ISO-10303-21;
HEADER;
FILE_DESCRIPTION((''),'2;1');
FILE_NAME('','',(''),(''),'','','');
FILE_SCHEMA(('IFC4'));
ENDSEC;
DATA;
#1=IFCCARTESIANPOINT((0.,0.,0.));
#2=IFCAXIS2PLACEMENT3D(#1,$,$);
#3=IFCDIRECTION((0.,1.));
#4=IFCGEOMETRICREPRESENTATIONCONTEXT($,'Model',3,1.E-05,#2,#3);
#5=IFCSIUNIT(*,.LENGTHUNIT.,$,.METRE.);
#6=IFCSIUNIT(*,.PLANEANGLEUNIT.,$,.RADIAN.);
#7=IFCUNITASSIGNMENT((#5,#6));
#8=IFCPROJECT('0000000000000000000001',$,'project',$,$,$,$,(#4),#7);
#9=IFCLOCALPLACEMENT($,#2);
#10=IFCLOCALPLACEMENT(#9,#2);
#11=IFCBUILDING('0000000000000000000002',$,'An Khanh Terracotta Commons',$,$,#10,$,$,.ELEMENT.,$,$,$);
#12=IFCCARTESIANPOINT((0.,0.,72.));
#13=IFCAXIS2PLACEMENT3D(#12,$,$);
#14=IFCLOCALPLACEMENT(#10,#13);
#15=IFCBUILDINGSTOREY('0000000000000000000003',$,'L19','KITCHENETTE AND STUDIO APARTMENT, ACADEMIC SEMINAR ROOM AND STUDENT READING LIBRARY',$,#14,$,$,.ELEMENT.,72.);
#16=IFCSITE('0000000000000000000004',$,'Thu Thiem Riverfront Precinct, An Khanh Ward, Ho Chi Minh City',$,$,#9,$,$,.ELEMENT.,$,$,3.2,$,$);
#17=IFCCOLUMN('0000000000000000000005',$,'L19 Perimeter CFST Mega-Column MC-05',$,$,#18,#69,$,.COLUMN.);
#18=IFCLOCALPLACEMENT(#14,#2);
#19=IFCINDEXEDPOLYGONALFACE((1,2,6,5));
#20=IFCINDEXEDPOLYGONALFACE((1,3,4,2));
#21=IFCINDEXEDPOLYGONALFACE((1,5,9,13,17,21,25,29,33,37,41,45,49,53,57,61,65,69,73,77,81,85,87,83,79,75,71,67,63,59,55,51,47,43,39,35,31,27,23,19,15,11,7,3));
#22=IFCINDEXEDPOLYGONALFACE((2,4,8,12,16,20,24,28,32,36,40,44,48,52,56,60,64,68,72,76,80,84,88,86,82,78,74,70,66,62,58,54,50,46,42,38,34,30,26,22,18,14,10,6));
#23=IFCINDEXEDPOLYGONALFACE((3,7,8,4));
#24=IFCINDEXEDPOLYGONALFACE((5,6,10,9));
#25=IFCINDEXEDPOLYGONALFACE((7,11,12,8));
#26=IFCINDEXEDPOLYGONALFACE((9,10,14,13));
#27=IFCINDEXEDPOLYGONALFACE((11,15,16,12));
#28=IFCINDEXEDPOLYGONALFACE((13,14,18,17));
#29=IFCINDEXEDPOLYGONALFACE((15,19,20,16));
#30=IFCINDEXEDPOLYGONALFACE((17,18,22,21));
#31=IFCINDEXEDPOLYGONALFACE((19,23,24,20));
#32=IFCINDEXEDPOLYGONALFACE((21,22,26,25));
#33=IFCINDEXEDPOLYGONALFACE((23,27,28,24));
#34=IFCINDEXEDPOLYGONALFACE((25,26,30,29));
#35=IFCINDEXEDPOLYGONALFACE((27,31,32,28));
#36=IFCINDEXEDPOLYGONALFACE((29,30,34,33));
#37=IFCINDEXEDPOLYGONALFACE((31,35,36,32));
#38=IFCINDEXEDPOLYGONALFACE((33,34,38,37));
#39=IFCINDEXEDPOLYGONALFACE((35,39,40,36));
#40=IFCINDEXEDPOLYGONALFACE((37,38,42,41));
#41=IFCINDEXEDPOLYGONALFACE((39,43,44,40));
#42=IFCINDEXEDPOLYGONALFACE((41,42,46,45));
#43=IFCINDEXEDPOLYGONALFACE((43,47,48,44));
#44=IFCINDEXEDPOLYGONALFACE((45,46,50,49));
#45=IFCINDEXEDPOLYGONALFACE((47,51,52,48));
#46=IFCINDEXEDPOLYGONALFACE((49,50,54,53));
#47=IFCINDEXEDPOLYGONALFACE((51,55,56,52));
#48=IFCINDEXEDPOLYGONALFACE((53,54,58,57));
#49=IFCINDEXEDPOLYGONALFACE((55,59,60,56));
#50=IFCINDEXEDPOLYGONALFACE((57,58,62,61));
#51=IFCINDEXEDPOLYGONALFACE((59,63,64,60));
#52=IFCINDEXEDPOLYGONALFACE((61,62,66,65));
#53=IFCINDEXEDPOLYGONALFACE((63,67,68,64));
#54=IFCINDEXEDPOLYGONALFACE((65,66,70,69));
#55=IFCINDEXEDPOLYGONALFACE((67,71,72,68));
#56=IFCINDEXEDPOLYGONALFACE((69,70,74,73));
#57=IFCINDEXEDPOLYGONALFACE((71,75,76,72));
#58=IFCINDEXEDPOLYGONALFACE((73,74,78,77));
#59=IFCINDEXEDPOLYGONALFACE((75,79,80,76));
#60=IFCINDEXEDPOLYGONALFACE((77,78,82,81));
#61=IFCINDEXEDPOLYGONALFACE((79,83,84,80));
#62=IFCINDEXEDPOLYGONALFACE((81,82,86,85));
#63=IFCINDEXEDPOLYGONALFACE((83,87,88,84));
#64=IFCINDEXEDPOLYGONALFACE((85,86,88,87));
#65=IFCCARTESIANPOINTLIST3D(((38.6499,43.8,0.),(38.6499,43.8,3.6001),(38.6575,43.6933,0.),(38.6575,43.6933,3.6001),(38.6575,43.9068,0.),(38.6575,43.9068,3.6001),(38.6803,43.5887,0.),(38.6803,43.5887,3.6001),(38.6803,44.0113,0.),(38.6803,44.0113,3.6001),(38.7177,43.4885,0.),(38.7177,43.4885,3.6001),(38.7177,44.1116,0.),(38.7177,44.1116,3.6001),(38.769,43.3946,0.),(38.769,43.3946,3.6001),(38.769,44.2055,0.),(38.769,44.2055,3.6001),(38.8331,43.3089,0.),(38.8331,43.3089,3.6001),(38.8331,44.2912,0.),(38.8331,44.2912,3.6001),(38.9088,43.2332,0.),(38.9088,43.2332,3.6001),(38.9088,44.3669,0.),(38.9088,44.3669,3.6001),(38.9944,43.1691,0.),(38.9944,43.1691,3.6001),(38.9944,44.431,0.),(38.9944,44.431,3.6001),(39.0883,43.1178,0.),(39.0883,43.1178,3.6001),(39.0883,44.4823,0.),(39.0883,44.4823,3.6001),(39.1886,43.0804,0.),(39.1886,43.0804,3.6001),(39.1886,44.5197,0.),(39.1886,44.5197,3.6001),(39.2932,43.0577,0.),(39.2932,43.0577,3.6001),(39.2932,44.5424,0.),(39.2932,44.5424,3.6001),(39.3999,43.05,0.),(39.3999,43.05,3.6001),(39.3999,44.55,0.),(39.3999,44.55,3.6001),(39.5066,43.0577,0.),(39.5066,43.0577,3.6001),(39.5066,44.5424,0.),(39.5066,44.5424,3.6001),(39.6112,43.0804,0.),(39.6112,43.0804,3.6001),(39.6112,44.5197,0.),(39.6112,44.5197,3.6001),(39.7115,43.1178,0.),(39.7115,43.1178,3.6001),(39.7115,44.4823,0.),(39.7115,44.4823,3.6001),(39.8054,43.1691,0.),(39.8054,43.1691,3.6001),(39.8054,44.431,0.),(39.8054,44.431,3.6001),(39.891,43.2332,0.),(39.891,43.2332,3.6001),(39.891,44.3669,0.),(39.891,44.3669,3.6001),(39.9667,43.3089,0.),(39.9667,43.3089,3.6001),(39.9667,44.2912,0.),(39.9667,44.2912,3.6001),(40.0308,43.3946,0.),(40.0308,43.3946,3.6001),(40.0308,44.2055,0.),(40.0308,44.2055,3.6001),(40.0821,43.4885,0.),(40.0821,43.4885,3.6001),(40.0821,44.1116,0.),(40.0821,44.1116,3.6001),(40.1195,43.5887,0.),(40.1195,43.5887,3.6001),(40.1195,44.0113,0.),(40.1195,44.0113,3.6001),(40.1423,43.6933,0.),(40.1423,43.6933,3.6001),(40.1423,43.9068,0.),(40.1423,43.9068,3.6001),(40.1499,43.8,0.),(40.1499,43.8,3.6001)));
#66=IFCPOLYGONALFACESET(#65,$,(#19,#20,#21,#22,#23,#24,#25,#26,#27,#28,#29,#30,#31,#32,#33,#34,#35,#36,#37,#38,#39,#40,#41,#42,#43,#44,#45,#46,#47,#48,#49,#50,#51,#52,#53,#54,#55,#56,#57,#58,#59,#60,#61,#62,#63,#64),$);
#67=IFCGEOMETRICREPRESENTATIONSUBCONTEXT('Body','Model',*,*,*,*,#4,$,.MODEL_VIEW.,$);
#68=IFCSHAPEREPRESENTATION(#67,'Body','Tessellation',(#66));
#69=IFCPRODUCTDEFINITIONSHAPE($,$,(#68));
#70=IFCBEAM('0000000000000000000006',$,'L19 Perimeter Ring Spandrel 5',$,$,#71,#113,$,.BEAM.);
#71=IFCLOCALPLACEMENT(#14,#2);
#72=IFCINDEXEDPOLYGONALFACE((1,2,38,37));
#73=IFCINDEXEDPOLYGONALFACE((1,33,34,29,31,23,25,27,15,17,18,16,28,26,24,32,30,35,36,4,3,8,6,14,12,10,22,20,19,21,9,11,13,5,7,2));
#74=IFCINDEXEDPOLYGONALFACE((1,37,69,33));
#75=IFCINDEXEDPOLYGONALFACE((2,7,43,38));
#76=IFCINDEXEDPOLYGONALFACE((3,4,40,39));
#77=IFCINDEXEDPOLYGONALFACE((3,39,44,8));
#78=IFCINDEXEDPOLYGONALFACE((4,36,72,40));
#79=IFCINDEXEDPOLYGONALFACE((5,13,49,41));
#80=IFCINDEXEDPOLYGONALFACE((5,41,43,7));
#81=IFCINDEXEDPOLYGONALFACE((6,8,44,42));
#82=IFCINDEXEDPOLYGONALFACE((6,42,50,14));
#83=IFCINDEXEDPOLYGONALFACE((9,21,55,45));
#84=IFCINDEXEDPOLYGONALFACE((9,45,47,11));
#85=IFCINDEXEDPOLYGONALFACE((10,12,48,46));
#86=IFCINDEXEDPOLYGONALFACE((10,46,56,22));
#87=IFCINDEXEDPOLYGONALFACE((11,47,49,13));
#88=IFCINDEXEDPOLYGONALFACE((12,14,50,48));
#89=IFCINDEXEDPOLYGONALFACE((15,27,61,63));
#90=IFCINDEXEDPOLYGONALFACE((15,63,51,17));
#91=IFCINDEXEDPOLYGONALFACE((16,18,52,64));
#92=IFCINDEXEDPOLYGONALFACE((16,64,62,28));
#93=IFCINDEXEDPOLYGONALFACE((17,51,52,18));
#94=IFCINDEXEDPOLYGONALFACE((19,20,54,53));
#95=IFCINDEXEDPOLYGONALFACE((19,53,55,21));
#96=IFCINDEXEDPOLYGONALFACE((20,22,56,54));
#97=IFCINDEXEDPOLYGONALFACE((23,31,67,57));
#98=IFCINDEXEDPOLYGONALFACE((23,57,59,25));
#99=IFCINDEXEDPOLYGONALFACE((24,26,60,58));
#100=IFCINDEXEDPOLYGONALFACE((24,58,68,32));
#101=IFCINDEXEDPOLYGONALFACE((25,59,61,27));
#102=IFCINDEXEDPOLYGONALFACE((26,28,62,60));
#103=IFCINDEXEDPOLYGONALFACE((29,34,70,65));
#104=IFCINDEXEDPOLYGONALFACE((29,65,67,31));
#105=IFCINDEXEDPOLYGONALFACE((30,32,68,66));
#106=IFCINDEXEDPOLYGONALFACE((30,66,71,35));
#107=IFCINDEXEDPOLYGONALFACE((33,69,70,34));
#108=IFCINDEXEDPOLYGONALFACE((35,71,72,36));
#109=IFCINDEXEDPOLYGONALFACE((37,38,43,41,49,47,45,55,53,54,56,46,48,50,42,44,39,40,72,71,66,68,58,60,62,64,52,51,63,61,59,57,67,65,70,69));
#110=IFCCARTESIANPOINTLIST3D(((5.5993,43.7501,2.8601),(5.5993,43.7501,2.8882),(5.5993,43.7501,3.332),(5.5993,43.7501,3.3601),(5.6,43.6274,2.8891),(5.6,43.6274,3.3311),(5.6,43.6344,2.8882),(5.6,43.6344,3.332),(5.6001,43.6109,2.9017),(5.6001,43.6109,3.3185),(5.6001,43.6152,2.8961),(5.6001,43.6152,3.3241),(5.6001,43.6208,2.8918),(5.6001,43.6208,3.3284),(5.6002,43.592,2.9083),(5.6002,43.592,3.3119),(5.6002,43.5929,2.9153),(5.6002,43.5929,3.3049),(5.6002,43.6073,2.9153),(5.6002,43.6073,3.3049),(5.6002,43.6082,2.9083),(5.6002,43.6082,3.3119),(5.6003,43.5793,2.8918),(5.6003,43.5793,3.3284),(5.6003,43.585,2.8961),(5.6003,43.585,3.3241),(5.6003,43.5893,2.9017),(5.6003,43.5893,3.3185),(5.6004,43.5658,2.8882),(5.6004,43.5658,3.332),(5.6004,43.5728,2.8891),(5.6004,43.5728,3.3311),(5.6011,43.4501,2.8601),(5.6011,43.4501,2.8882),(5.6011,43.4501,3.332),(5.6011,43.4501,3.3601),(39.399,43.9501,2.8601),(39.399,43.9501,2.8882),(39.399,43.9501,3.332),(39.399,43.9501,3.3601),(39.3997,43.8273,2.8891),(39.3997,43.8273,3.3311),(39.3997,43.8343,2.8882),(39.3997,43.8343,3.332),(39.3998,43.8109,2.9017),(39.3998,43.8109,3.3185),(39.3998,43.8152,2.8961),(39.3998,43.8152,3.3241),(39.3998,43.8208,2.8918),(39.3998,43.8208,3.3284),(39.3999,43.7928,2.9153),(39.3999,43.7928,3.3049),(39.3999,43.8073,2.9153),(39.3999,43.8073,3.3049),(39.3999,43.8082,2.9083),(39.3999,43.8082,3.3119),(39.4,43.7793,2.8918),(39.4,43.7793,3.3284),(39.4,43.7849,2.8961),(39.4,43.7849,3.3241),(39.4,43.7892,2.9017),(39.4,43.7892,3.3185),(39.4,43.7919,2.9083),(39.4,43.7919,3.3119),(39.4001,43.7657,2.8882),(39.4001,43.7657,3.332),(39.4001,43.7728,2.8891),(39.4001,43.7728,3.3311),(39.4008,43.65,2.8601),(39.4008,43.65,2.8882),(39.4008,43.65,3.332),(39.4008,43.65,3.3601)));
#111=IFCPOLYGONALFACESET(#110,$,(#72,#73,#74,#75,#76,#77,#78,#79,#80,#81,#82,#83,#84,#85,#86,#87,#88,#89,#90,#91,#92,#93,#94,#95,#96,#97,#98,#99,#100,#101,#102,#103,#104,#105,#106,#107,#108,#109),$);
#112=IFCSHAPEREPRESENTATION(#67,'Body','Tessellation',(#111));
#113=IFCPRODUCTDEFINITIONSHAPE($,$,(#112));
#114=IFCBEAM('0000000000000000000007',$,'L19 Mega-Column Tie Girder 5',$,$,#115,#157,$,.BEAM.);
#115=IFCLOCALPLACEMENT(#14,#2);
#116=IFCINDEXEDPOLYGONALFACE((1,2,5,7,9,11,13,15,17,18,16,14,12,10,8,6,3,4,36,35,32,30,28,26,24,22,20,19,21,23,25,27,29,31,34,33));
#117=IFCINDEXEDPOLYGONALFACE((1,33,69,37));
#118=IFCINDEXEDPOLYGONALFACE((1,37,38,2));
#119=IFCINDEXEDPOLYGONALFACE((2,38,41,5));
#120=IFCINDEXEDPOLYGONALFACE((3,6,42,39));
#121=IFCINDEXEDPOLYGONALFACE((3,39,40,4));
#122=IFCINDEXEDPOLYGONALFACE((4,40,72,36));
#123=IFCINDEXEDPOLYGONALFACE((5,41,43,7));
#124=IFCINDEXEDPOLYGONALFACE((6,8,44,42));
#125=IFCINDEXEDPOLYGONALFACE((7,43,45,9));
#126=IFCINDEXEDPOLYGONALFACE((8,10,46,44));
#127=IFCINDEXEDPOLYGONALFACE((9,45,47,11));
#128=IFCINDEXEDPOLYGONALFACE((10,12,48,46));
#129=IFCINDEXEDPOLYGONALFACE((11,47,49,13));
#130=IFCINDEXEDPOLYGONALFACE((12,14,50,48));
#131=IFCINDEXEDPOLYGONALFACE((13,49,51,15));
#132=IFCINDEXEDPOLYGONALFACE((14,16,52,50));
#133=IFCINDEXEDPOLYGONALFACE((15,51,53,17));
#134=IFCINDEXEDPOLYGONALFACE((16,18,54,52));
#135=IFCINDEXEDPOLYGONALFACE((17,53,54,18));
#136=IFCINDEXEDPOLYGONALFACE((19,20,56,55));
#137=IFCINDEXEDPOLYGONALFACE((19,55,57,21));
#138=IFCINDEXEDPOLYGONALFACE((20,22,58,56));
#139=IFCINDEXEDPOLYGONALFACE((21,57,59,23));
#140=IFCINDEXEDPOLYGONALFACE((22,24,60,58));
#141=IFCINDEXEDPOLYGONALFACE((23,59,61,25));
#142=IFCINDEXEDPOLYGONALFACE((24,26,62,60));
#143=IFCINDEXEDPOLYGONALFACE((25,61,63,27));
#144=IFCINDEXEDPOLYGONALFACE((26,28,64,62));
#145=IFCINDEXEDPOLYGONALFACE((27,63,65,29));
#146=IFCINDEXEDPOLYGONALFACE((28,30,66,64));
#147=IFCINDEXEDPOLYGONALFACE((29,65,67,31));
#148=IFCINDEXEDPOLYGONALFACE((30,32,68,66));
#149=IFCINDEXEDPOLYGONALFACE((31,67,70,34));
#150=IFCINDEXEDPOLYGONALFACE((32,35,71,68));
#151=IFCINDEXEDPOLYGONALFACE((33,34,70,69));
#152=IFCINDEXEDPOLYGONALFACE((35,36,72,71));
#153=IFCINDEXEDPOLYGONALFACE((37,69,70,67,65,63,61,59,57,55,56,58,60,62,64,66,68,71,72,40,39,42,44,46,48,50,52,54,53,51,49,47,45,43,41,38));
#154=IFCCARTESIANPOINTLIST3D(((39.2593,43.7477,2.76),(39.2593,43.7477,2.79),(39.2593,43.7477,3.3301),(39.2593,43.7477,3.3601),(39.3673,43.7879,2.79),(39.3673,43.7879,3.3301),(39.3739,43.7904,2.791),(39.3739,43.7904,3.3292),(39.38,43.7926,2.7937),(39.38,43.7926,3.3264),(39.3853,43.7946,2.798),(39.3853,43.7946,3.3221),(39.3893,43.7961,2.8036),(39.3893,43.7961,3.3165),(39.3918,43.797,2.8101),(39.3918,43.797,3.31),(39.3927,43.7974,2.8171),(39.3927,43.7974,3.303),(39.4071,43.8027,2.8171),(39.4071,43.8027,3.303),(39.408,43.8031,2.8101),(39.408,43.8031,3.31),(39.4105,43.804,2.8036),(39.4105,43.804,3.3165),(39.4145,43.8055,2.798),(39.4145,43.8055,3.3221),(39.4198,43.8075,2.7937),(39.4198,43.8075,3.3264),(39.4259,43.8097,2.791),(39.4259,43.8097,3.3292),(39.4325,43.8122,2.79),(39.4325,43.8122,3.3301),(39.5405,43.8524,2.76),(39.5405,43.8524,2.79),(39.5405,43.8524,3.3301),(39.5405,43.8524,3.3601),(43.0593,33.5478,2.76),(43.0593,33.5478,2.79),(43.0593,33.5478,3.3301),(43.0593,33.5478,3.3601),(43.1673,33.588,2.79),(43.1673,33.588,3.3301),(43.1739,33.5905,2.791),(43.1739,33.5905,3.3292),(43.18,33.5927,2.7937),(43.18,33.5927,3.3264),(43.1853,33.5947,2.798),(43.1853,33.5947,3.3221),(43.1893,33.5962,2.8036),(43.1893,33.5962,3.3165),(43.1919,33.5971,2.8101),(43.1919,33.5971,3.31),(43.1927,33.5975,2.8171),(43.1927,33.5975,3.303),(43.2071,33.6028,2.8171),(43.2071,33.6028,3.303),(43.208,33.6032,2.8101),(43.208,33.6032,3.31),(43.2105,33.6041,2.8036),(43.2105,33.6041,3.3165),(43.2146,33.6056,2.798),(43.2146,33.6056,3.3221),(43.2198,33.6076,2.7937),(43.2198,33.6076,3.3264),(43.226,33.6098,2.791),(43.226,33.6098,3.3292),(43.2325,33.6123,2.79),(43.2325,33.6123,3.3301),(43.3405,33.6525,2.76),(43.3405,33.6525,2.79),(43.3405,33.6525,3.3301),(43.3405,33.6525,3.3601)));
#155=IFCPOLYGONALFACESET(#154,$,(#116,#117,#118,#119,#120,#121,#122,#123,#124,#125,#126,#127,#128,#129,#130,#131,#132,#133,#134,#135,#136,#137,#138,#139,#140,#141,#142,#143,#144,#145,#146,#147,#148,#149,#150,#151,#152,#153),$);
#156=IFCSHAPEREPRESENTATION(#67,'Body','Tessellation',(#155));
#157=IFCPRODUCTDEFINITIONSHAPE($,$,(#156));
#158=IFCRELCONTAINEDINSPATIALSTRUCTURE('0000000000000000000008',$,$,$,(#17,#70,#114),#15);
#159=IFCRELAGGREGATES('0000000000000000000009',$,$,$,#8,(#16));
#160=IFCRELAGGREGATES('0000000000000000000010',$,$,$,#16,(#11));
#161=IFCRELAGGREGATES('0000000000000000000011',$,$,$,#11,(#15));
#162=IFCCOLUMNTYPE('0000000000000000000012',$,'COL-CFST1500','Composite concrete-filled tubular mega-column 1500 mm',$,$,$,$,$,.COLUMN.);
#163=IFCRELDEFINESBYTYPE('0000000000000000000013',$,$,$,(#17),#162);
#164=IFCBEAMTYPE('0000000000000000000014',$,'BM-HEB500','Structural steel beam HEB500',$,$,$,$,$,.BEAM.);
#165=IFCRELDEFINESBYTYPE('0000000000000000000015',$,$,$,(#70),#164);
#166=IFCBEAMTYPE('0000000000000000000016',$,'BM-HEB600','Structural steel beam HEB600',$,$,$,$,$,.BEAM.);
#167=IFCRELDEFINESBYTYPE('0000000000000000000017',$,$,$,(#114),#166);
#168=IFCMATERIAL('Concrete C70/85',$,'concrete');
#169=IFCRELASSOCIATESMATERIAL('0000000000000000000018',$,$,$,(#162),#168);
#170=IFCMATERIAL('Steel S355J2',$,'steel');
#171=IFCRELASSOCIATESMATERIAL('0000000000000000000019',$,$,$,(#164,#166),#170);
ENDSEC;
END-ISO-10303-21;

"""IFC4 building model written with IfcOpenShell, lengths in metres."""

from ifc_helpers import new_model, si_unit, direction, frame, origin, origin_2d, place, context, subcontext, project, spatial, circle, i_section, extrude, material, material_profile, profile_set, type_object, element, save


model = new_model("IFC4")

# Units and contexts
model_context = context("Model", 3, precision=1e-05, world=origin(), true_north=direction((0.0, 1.0)))
body_context = subcontext(model_context, "Body", "Model", "MODEL_VIEW")
ifc_project = project(units=[si_unit("LENGTHUNIT", "METRE"), si_unit("PLANEANGLEUNIT", "RADIAN")], contexts=[model_context])

# Site, building, storey
site_placement = place(None, origin())
site = spatial("IfcSite", under=ifc_project, at=site_placement, Name="Thu Thiem Riverfront Precinct, An Khanh Ward, Ho Chi Minh City", CompositionType="ELEMENT", RefElevation=3.2)
building_placement = place(site_placement, origin())
building = spatial("IfcBuilding", under=site, at=building_placement, Name="An Khanh Terracotta Commons", CompositionType="ELEMENT")
storey_placement = place(building_placement, frame((0.0, 0.0, 72.0)))
storey = spatial("IfcBuildingStorey", under=building, at=storey_placement, Name="L19", Description="KITCHENETTE AND STUDIO APARTMENT, ACADEMIC SEMINAR ROOM AND STUDENT READING LIBRARY", CompositionType="ELEMENT", Elevation=72.0)

# Column
ifc_material_1 = material(Name="Concrete C70/85", Category="concrete")
ifc_material_profile_1 = material_profile(ifc_material_1, circle(Radius=0.75, at=origin_2d()), Name="CFST1500")
ifc_profile_set_1 = profile_set([ifc_material_profile_1], Name="Concrete C70/85")
column_type = type_object("IfcColumnType", Name="COL-CFST1500", Description="Composite concrete-filled tubular mega-column 1500 mm", PredefinedType="COLUMN", material=ifc_profile_set_1)
column_placement = place(storey_placement, frame((39.3999, 43.8, 0.0), z_axis=(0.0, 0.0, 1.0), x_axis=(1.0, 0.0, 0.0)))
element("IfcColumn", 1, at=column_placement, inside=storey, type_object=column_type, Name="L19 Perimeter CFST Mega-Column MC-05", PredefinedType="COLUMN", context=body_context, shape_type="SweptSolid", body=[
    extrude(circle(Radius=0.75, at=origin_2d()), origin(), (0.0, 0.0, 1.0), 3.6001),
])

# Beams
ifc_material_2 = material(Name="Steel S355J2", Category="steel")
ifc_material_profile_2 = material_profile(ifc_material_2, i_section(OverallWidth=0.3, OverallDepth=0.5, WebThickness=0.0144, FlangeThickness=0.0281, FilletRadius=0.0271, at=origin_2d()), Name="HEB500")
ifc_profile_set_2 = profile_set([ifc_material_profile_2], Name="Steel S355J2")
beam_type_1 = type_object("IfcBeamType", Name="BM-HEB500", Description="Structural steel beam HEB500", PredefinedType="BEAM", material=ifc_profile_set_2)
beam_1_placement = place(storey_placement, frame((39.3999, 43.8, 3.1101), z_axis=(-0.999983, -0.005916, 0.0), x_axis=(0.005916, -0.999983, 0.0)))
element("IfcBeam", 2, at=beam_1_placement, inside=storey, type_object=beam_type_1, Name="L19 Perimeter Ring Spandrel 5", PredefinedType="BEAM", context=body_context, shape_type="SweptSolid", body=[
    extrude(i_section(OverallWidth=0.3, OverallDepth=0.5, WebThickness=0.0144, FlangeThickness=0.0281, FilletRadius=0.0271, at=origin_2d()), origin(), (0.0, 0.0, 1.0), 33.8003),
])
ifc_material_profile_3 = material_profile(ifc_material_2, i_section(OverallWidth=0.3, OverallDepth=0.6001, WebThickness=0.0154, FlangeThickness=0.03, FilletRadius=0.0271, at=origin_2d()), Name="HEB600")
ifc_profile_set_3 = profile_set([ifc_material_profile_3], Name="Steel S355J2")
beam_type_2 = type_object("IfcBeamType", Name="BM-HEB600", Description="Structural steel beam HEB600", PredefinedType="BEAM", material=ifc_profile_set_3)
beam_2_placement = place(storey_placement, frame((39.3999, 43.8, 3.0601), z_axis=(0.349114, -0.93708, 0.0), x_axis=(0.93708, 0.349114, 0.0)))
element("IfcBeam", 3, at=beam_2_placement, inside=storey, type_object=beam_type_2, Name="L19 Mega-Column Tie Girder 5", PredefinedType="BEAM", context=body_context, shape_type="SweptSolid", body=[
    extrude(i_section(OverallWidth=0.3, OverallDepth=0.6001, WebThickness=0.0154, FlangeThickness=0.03, FilletRadius=0.0271, at=origin_2d()), origin(), (0.0, 0.0, 1.0), 10.8848),
])

save(model, "model.ifc")
